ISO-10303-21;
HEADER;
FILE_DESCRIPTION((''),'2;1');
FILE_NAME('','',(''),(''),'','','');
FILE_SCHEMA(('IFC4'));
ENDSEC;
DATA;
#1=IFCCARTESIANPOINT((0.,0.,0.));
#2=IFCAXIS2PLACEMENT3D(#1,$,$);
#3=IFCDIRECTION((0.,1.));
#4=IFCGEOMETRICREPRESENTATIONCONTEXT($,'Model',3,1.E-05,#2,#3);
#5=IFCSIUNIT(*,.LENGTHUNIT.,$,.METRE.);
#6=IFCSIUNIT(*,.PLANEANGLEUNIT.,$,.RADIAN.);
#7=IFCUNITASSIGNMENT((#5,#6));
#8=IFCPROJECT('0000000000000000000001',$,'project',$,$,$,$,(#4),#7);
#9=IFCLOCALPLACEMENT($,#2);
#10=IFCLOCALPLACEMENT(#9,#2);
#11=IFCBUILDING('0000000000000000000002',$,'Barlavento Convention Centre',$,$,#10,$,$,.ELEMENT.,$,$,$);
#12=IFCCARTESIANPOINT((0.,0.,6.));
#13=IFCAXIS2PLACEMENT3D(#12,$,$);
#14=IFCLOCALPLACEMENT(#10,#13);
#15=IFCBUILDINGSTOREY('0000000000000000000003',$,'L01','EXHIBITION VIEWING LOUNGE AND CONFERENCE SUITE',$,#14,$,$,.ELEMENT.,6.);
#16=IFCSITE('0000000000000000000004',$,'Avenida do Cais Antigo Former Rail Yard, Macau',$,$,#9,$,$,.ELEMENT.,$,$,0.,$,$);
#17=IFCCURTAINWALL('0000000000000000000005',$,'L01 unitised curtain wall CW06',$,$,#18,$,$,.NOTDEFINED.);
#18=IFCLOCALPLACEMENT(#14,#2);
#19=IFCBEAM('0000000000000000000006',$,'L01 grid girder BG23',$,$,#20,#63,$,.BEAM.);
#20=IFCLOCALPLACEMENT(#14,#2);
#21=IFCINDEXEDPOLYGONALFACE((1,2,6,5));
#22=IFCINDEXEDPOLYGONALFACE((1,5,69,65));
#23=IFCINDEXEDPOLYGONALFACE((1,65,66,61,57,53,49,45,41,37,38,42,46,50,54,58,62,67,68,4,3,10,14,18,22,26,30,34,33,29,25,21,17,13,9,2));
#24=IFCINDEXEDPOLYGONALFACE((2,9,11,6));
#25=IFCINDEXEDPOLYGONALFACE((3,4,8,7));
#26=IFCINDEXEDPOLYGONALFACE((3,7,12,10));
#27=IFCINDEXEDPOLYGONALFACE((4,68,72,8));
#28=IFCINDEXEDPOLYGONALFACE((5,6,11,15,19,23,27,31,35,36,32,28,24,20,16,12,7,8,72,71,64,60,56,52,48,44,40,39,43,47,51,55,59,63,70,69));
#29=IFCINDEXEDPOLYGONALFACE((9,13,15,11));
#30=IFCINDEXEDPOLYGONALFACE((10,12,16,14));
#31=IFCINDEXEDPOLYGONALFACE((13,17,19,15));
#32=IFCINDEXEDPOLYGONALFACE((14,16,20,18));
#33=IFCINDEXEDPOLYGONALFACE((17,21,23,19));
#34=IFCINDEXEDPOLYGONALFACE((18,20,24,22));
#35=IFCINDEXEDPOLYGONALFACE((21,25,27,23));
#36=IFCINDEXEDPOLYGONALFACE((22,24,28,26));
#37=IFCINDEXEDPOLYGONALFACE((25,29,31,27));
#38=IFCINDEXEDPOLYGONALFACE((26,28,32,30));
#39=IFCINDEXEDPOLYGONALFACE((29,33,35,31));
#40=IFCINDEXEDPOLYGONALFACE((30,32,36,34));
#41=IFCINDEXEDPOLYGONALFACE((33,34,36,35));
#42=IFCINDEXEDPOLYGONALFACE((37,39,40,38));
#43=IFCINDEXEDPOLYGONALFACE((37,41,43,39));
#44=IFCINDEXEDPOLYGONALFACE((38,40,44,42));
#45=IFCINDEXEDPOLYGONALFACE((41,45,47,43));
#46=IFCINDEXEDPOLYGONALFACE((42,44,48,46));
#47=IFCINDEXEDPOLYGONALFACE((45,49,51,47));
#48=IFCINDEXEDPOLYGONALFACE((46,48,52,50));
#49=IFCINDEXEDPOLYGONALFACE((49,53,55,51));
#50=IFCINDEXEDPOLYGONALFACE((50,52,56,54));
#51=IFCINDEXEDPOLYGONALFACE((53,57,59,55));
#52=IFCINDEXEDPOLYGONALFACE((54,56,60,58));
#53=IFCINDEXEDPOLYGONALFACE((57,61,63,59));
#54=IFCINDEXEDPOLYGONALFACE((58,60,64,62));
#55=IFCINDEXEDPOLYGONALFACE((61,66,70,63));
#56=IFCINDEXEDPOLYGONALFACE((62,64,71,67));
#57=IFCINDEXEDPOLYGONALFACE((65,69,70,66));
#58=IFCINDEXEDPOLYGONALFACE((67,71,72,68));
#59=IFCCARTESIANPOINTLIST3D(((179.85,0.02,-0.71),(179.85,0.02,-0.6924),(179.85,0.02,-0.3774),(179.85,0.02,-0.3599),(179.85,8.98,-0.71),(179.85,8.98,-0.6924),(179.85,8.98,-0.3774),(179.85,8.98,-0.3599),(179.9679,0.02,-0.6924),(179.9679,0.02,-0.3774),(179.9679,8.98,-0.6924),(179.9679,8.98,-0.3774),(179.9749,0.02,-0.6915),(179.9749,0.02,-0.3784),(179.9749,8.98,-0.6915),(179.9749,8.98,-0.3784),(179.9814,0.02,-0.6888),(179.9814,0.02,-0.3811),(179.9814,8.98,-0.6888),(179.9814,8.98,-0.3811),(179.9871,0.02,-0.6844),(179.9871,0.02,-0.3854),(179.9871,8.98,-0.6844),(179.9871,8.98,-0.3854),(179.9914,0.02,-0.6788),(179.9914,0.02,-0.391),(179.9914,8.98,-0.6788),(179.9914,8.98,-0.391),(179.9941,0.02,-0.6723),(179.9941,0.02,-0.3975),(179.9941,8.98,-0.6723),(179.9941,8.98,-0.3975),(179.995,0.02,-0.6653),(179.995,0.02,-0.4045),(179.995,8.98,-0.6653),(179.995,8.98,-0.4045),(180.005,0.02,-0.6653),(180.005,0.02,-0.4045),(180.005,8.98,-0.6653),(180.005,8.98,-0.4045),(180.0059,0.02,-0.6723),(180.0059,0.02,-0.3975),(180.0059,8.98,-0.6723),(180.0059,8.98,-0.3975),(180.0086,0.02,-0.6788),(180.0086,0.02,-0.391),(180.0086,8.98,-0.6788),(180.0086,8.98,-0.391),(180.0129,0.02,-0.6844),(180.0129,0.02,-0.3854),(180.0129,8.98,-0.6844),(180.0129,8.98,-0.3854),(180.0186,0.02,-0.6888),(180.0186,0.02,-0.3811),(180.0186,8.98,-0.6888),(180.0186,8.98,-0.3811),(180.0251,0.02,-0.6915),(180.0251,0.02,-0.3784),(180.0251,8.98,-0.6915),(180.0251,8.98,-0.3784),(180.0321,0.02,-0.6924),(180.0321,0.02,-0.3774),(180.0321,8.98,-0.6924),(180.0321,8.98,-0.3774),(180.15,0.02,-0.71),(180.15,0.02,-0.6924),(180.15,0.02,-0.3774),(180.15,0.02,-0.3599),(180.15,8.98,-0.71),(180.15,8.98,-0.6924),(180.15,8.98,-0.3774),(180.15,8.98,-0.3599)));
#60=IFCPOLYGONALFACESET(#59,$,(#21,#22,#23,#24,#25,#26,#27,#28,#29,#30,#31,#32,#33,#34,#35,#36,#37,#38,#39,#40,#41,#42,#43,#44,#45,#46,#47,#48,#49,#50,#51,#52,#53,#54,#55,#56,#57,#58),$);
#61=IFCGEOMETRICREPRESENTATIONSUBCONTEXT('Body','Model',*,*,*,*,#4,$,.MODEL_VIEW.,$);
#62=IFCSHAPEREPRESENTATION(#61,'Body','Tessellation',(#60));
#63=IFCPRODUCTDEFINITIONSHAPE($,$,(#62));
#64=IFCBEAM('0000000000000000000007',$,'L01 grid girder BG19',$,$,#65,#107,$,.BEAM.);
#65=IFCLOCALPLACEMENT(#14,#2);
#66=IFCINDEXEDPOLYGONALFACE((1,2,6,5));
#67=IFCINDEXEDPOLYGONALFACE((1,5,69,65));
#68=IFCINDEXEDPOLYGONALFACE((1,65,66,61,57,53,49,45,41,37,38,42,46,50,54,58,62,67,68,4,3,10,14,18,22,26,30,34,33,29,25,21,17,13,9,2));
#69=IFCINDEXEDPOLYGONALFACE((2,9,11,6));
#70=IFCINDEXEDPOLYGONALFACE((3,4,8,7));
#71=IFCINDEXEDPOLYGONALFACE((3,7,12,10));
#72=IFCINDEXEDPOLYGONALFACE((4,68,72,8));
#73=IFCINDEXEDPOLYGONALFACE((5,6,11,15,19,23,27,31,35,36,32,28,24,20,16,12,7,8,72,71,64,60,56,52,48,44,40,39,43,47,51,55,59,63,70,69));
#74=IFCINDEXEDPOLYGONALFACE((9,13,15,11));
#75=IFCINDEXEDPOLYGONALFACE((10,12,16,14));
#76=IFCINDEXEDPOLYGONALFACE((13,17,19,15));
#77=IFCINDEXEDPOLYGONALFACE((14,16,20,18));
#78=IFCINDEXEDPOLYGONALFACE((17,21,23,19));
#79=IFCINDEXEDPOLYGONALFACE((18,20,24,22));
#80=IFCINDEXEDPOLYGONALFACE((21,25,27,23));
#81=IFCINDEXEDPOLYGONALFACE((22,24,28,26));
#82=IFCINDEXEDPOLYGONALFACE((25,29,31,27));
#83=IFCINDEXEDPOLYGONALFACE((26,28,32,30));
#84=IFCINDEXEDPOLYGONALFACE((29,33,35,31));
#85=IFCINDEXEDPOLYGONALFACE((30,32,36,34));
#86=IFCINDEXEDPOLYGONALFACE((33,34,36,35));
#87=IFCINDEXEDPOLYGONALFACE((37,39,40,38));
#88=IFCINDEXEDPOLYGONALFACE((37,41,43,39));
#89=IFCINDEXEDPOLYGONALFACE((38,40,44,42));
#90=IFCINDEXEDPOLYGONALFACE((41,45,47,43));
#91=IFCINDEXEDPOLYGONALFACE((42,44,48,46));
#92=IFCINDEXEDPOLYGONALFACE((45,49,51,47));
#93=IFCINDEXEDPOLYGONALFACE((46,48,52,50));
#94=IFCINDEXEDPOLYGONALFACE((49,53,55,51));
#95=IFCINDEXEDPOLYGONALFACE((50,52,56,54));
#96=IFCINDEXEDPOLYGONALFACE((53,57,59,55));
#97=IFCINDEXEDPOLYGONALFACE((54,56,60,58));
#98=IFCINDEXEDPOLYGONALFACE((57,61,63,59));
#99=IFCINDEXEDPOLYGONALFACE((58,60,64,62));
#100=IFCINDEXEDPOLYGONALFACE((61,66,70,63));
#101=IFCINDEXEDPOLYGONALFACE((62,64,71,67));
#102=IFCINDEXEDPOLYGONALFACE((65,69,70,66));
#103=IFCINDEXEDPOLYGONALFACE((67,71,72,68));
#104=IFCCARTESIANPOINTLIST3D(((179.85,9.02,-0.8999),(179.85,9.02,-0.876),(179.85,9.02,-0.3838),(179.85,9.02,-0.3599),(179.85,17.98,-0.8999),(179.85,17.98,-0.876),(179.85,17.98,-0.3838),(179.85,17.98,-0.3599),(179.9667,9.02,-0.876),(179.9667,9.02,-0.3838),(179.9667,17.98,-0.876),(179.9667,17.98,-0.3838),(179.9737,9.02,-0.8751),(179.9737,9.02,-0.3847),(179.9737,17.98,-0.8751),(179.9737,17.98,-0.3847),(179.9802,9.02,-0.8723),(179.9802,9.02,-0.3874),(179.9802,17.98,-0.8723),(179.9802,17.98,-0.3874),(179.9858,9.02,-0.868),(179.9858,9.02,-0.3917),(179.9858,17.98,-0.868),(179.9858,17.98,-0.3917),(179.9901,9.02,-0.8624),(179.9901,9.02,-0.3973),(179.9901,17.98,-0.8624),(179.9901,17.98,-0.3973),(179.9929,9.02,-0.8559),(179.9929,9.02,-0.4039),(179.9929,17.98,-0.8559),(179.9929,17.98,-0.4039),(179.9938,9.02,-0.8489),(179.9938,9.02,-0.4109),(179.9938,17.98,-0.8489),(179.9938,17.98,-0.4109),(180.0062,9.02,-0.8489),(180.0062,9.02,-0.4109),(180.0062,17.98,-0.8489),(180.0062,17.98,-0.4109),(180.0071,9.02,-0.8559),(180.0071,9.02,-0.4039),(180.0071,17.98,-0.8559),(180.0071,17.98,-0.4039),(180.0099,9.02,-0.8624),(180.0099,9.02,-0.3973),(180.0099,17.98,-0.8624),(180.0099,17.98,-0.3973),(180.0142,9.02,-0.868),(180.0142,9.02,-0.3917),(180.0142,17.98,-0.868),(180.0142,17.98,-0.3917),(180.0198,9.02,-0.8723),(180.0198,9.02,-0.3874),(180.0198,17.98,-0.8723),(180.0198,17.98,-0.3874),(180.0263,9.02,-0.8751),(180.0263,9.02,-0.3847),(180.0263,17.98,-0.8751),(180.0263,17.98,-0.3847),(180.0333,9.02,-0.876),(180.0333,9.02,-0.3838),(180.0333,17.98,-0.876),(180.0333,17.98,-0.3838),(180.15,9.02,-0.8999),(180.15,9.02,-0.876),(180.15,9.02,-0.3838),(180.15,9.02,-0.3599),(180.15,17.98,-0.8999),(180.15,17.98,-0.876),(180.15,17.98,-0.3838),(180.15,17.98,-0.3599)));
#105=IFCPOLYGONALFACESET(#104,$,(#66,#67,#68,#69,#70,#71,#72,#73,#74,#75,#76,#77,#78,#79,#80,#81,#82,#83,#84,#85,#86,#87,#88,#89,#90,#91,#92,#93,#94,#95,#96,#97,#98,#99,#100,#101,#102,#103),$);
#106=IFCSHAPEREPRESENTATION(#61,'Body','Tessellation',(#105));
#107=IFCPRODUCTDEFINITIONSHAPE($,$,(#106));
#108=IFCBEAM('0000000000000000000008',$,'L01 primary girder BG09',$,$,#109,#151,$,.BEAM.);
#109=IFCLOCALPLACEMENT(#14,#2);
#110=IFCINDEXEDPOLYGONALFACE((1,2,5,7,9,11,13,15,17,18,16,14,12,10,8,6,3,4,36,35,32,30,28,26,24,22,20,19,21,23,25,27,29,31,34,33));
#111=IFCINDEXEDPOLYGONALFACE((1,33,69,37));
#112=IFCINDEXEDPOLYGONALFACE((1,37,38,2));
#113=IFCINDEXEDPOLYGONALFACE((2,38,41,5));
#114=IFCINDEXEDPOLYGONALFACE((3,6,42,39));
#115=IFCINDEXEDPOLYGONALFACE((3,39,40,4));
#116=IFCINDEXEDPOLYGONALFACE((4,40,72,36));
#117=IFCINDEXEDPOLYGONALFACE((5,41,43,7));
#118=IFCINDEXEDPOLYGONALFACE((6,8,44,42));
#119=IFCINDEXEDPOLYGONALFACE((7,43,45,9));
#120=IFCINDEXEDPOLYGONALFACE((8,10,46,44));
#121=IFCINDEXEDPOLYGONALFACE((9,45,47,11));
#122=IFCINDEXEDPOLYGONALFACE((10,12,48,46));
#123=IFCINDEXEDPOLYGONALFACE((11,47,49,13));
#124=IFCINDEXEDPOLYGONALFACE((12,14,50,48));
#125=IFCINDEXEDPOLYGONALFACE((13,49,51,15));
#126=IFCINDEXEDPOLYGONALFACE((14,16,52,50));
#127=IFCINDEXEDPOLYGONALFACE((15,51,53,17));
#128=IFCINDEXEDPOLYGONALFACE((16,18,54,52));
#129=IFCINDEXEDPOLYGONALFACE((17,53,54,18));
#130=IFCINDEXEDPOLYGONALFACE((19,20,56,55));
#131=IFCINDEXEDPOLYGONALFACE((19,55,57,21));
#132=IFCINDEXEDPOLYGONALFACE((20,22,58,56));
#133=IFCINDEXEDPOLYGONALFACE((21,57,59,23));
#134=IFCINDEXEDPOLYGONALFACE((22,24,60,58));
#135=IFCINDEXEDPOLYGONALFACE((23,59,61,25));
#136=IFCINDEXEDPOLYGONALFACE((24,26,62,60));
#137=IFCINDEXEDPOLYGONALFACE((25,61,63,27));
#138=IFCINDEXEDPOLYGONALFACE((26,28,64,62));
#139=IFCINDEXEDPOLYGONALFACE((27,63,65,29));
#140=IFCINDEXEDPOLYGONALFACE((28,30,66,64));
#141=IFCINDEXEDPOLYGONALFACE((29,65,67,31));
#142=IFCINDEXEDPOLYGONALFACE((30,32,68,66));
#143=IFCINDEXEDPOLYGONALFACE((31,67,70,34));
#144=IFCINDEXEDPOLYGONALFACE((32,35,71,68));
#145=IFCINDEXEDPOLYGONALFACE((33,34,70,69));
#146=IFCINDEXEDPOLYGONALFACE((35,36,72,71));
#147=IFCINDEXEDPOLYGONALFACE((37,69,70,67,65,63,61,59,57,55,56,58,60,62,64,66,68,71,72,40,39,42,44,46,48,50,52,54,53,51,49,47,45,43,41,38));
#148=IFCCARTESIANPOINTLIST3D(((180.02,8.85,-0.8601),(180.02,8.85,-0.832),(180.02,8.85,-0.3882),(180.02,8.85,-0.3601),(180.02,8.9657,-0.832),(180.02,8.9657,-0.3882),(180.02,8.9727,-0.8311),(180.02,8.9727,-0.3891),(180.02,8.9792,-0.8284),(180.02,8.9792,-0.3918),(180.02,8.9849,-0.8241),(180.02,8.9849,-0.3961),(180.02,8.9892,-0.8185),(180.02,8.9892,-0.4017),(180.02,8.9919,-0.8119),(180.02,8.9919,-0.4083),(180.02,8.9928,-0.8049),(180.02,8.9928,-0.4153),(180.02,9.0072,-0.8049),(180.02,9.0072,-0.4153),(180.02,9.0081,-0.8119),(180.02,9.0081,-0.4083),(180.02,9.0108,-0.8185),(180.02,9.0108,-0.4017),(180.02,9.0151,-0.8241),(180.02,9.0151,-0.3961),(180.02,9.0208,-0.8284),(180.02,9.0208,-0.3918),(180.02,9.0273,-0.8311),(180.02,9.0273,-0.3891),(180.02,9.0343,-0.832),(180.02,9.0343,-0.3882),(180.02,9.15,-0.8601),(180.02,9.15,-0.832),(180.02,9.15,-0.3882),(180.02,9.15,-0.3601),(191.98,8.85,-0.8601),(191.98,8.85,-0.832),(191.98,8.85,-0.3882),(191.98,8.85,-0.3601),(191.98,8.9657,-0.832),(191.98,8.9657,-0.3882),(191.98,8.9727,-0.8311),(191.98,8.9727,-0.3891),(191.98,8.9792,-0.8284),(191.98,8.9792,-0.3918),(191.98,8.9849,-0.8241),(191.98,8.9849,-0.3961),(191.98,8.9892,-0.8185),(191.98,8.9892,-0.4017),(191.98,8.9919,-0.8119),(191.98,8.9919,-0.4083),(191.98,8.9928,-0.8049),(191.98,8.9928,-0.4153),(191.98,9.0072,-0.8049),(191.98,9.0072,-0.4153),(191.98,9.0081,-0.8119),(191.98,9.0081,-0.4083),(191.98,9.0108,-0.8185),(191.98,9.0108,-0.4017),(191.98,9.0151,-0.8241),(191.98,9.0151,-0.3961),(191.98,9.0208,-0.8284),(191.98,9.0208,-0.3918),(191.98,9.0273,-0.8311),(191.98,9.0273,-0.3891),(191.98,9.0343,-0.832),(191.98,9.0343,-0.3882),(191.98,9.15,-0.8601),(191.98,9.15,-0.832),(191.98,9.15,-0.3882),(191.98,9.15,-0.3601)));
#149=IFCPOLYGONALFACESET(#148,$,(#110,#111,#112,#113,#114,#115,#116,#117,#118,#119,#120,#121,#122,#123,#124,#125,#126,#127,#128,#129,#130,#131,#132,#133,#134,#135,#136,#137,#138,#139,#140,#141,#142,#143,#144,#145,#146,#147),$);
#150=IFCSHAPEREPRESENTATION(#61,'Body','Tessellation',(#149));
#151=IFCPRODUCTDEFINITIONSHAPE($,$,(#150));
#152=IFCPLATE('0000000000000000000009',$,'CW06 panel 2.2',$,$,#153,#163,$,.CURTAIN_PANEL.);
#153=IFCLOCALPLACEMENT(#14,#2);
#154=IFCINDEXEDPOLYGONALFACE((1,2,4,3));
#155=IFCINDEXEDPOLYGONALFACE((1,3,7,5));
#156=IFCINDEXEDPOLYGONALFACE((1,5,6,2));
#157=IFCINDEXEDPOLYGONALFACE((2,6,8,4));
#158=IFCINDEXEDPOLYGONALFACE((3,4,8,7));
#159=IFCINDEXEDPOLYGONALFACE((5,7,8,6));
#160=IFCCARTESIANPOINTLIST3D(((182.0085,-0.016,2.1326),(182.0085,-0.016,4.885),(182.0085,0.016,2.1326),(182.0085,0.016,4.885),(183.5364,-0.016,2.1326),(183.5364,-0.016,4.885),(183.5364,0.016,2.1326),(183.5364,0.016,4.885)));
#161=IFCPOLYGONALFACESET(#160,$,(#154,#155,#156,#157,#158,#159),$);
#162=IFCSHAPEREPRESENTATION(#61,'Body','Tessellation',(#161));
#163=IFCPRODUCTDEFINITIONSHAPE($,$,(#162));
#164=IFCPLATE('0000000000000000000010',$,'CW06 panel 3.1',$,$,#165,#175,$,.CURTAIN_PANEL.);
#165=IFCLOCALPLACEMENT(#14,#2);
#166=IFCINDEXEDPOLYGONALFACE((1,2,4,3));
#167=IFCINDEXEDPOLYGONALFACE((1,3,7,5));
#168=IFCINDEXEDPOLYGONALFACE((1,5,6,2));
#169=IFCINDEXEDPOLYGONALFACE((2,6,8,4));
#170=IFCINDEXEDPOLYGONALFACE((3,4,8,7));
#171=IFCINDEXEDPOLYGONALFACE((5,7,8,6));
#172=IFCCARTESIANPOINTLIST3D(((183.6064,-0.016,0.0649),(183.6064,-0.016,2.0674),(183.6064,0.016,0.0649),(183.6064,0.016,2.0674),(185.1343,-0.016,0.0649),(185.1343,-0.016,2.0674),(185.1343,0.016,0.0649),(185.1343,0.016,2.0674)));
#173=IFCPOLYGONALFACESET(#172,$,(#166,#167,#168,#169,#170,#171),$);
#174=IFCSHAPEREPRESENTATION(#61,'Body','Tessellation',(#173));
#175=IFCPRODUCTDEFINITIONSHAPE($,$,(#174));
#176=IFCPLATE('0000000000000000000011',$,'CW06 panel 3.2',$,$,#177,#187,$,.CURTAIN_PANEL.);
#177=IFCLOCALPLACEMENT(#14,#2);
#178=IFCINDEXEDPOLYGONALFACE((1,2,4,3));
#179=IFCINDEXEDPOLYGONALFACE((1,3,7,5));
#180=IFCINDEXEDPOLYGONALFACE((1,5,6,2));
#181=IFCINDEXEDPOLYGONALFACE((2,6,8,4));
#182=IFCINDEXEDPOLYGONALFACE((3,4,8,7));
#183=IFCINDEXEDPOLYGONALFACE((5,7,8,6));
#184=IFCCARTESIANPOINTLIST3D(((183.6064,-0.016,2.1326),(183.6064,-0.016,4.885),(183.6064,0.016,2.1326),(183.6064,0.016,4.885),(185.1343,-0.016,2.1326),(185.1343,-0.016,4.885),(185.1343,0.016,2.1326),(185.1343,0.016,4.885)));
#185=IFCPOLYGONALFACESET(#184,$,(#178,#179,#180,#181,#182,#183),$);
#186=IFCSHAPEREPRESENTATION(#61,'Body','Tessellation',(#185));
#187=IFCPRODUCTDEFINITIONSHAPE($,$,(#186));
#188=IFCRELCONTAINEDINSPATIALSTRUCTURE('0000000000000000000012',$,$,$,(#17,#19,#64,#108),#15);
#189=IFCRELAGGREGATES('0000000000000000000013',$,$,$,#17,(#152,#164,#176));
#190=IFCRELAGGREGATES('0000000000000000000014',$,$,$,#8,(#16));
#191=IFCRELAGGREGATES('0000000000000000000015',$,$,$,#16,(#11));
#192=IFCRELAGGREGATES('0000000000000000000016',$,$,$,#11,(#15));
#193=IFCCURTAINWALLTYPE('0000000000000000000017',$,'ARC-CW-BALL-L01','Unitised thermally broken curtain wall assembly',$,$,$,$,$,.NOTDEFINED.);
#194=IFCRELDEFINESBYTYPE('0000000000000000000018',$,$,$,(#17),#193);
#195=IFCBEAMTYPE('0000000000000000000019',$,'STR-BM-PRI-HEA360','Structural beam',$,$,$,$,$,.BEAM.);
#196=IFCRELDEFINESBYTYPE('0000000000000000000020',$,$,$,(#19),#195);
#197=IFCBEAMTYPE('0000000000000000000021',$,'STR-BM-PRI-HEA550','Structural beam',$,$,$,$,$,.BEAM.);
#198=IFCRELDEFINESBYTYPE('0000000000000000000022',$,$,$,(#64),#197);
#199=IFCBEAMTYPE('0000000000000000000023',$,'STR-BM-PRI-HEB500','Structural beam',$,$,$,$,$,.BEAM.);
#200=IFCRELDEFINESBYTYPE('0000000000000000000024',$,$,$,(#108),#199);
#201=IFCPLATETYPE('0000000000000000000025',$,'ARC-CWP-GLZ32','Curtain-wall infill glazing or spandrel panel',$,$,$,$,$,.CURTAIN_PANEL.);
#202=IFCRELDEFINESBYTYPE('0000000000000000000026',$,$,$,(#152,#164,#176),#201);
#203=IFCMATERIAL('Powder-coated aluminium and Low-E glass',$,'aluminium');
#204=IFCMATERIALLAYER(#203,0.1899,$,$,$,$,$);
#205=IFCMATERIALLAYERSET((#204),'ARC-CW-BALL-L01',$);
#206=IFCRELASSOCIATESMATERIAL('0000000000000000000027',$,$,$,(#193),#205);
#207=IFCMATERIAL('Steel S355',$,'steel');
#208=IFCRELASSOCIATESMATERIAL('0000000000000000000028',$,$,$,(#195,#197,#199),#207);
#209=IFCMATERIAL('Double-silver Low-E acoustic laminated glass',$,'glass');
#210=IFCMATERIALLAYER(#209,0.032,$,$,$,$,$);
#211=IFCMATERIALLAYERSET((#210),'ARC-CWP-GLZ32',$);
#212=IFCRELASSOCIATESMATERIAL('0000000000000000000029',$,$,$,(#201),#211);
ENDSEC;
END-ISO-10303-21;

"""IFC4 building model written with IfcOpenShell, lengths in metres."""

from ifc_helpers import new_model, si_unit, direction, frame, origin, origin_2d, place, context, subcontext, project, spatial, rectangle, i_section, extrude, material, layer, layer_set, material_profile, profile_set, type_object, element, aggregate, save


model = new_model("IFC4")

# Units and contexts
model_context = context("Model", 3, precision=1e-05, world=origin(), true_north=direction((0.0, 1.0)))
body_context = subcontext(model_context, "Body", "Model", "MODEL_VIEW")
ifc_project = project(units=[si_unit("LENGTHUNIT", "METRE"), si_unit("PLANEANGLEUNIT", "RADIAN")], contexts=[model_context])

# Site, building, storey
site_placement = place(None, origin())
site = spatial("IfcSite", under=ifc_project, at=site_placement, Name="Avenida do Cais Antigo Former Rail Yard, Macau", CompositionType="ELEMENT", RefElevation=0.0)
building_placement = place(site_placement, origin())
building = spatial("IfcBuilding", under=site, at=building_placement, Name="Barlavento Convention Centre", CompositionType="ELEMENT")
storey_placement = place(building_placement, frame((0.0, 0.0, 6.0)))
storey = spatial("IfcBuildingStorey", under=building, at=storey_placement, Name="L01", Description="EXHIBITION VIEWING LOUNGE AND CONFERENCE SUITE", CompositionType="ELEMENT", Elevation=6.0)

# Shared definitions
ifc_material_1 = material(Name="Steel S355", Category="steel")

# Curtain wall
ifc_material_2 = material(Name="Powder-coated aluminium and Low-E glass", Category="aluminium")
ifc_layer_1 = layer(ifc_material_2, 0.1899)
ifc_layer_set_1 = layer_set([ifc_layer_1], Name="ARC-CW-BALL-L01")
curtain_wall_type = type_object("IfcCurtainWallType", Name="ARC-CW-BALL-L01", Description="Unitised thermally broken curtain wall assembly", PredefinedType="NOTDEFINED", material=ifc_layer_set_1)
curtain_wall_placement = place(storey_placement, origin())
curtain_wall = element("IfcCurtainWall", 1, at=curtain_wall_placement, inside=storey, type_object=curtain_wall_type, Name="L01 unitised curtain wall CW06", PredefinedType="NOTDEFINED")

# Beams
ifc_material_profile_1 = material_profile(ifc_material_1, i_section(OverallWidth=0.3, OverallDepth=0.3501, WebThickness=0.01, FlangeThickness=0.0176, FilletRadius=0.0271, at=origin_2d()), Name="HEA 360")
ifc_profile_set_1 = profile_set([ifc_material_profile_1], Name="Steel S355")
beam_type_1 = type_object("IfcBeamType", Name="STR-BM-PRI-HEA360", Description="Structural beam", PredefinedType="BEAM", material=ifc_profile_set_1)
beam_1_placement = place(storey_placement, frame((180.0, 0.02, -0.5349), z_axis=(0.0, 1.0, 0.0), x_axis=(-1.0, 0.0, 0.0)))
element("IfcBeam", 2, at=beam_1_placement, inside=storey, type_object=beam_type_1, Name="L01 grid girder BG23", PredefinedType="BEAM", context=body_context, shape_type="SweptSolid", body=[
    extrude(i_section(OverallWidth=0.3, OverallDepth=0.3501, WebThickness=0.01, FlangeThickness=0.0176, FilletRadius=0.0271, at=origin_2d()), origin(), (0.0, 0.0, 1.0), 8.96),
])
ifc_material_profile_2 = material_profile(ifc_material_1, i_section(OverallWidth=0.3, OverallDepth=0.54, WebThickness=0.0125, FlangeThickness=0.0239, FilletRadius=0.0271, at=origin_2d()), Name="HEA 550")
ifc_profile_set_2 = profile_set([ifc_material_profile_2], Name="Steel S355")
beam_type_2 = type_object("IfcBeamType", Name="STR-BM-PRI-HEA550", Description="Structural beam", PredefinedType="BEAM", material=ifc_profile_set_2)
beam_2_placement = place(storey_placement, frame((180.0, 9.02, -0.6299), z_axis=(0.0, 1.0, 0.0), x_axis=(-1.0, 0.0, 0.0)))
element("IfcBeam", 3, at=beam_2_placement, inside=storey, type_object=beam_type_2, Name="L01 grid girder BG19", PredefinedType="BEAM", context=body_context, shape_type="SweptSolid", body=[
    extrude(i_section(OverallWidth=0.3, OverallDepth=0.54, WebThickness=0.0125, FlangeThickness=0.0239, FilletRadius=0.0271, at=origin_2d()), origin(), (0.0, 0.0, 1.0), 8.96),
])
ifc_material_profile_3 = material_profile(ifc_material_1, i_section(OverallWidth=0.3, OverallDepth=0.5, WebThickness=0.0144, FlangeThickness=0.0281, FilletRadius=0.0271, at=origin_2d()), Name="HEB 500")
ifc_profile_set_3 = profile_set([ifc_material_profile_3], Name="Steel S355")
beam_type_3 = type_object("IfcBeamType", Name="STR-BM-PRI-HEB500", Description="Structural beam", PredefinedType="BEAM", material=ifc_profile_set_3)
beam_3_placement = place(storey_placement, frame((180.02, 9.0, -0.6101), z_axis=(1.0, 0.0, 0.0), x_axis=(0.0, 1.0, 0.0)))
element("IfcBeam", 4, at=beam_3_placement, inside=storey, type_object=beam_type_3, Name="L01 primary girder BG09", PredefinedType="BEAM", context=body_context, shape_type="SweptSolid", body=[
    extrude(i_section(OverallWidth=0.3, OverallDepth=0.5, WebThickness=0.0144, FlangeThickness=0.0281, FilletRadius=0.0271, at=origin_2d()), origin(), (0.0, 0.0, 1.0), 11.96),
])

# Plates
ifc_material_3 = material(Name="Double-silver Low-E acoustic laminated glass", Category="glass")
ifc_layer_2 = layer(ifc_material_3, 0.032)
ifc_layer_set_2 = layer_set([ifc_layer_2], Name="ARC-CWP-GLZ32")
plate_type_1 = type_object("IfcPlateType", Name="ARC-CWP-GLZ32", Description="Curtain-wall infill glazing or spandrel panel", PredefinedType="CURTAIN_PANEL", material=ifc_layer_set_2)
plate_1_placement = place(storey_placement, frame((182.7725, 0.0, 2.1326), z_axis=(0.0, 0.0, 1.0), x_axis=(1.0, 0.0, 0.0)))
plate_1 = element("IfcPlate", 5, at=plate_1_placement, type_object=plate_type_1, Name="CW06 panel 2.2", PredefinedType="CURTAIN_PANEL", context=body_context, shape_type="SweptSolid", body=[
    extrude(rectangle(XDim=1.5278, YDim=0.032, at=origin_2d()), origin(), (0.0, 0.0, 1.0), 2.7524),
])
plate_2_placement = place(storey_placement, frame((184.3704, 0.0, 0.0649), z_axis=(0.0, 0.0, 1.0), x_axis=(1.0, 0.0, 0.0)))
plate_2 = element("IfcPlate", 6, at=plate_2_placement, type_object=plate_type_1, Name="CW06 panel 3.1", PredefinedType="CURTAIN_PANEL", context=body_context, shape_type="SweptSolid", body=[
    extrude(rectangle(XDim=1.5278, YDim=0.032, at=origin_2d()), origin(), (0.0, 0.0, 1.0), 2.0024),
])
plate_3_placement = place(storey_placement, frame((184.3704, 0.0, 2.1326), z_axis=(0.0, 0.0, 1.0), x_axis=(1.0, 0.0, 0.0)))
plate_3 = element("IfcPlate", 7, at=plate_3_placement, type_object=plate_type_1, Name="CW06 panel 3.2", PredefinedType="CURTAIN_PANEL", context=body_context, shape_type="SweptSolid", body=[
    extrude(rectangle(XDim=1.5278, YDim=0.032, at=origin_2d()), origin(), (0.0, 0.0, 1.0), 2.7524),
])
aggregate(curtain_wall, [plate_1, plate_2, plate_3])

save(model, "model.ifc")
